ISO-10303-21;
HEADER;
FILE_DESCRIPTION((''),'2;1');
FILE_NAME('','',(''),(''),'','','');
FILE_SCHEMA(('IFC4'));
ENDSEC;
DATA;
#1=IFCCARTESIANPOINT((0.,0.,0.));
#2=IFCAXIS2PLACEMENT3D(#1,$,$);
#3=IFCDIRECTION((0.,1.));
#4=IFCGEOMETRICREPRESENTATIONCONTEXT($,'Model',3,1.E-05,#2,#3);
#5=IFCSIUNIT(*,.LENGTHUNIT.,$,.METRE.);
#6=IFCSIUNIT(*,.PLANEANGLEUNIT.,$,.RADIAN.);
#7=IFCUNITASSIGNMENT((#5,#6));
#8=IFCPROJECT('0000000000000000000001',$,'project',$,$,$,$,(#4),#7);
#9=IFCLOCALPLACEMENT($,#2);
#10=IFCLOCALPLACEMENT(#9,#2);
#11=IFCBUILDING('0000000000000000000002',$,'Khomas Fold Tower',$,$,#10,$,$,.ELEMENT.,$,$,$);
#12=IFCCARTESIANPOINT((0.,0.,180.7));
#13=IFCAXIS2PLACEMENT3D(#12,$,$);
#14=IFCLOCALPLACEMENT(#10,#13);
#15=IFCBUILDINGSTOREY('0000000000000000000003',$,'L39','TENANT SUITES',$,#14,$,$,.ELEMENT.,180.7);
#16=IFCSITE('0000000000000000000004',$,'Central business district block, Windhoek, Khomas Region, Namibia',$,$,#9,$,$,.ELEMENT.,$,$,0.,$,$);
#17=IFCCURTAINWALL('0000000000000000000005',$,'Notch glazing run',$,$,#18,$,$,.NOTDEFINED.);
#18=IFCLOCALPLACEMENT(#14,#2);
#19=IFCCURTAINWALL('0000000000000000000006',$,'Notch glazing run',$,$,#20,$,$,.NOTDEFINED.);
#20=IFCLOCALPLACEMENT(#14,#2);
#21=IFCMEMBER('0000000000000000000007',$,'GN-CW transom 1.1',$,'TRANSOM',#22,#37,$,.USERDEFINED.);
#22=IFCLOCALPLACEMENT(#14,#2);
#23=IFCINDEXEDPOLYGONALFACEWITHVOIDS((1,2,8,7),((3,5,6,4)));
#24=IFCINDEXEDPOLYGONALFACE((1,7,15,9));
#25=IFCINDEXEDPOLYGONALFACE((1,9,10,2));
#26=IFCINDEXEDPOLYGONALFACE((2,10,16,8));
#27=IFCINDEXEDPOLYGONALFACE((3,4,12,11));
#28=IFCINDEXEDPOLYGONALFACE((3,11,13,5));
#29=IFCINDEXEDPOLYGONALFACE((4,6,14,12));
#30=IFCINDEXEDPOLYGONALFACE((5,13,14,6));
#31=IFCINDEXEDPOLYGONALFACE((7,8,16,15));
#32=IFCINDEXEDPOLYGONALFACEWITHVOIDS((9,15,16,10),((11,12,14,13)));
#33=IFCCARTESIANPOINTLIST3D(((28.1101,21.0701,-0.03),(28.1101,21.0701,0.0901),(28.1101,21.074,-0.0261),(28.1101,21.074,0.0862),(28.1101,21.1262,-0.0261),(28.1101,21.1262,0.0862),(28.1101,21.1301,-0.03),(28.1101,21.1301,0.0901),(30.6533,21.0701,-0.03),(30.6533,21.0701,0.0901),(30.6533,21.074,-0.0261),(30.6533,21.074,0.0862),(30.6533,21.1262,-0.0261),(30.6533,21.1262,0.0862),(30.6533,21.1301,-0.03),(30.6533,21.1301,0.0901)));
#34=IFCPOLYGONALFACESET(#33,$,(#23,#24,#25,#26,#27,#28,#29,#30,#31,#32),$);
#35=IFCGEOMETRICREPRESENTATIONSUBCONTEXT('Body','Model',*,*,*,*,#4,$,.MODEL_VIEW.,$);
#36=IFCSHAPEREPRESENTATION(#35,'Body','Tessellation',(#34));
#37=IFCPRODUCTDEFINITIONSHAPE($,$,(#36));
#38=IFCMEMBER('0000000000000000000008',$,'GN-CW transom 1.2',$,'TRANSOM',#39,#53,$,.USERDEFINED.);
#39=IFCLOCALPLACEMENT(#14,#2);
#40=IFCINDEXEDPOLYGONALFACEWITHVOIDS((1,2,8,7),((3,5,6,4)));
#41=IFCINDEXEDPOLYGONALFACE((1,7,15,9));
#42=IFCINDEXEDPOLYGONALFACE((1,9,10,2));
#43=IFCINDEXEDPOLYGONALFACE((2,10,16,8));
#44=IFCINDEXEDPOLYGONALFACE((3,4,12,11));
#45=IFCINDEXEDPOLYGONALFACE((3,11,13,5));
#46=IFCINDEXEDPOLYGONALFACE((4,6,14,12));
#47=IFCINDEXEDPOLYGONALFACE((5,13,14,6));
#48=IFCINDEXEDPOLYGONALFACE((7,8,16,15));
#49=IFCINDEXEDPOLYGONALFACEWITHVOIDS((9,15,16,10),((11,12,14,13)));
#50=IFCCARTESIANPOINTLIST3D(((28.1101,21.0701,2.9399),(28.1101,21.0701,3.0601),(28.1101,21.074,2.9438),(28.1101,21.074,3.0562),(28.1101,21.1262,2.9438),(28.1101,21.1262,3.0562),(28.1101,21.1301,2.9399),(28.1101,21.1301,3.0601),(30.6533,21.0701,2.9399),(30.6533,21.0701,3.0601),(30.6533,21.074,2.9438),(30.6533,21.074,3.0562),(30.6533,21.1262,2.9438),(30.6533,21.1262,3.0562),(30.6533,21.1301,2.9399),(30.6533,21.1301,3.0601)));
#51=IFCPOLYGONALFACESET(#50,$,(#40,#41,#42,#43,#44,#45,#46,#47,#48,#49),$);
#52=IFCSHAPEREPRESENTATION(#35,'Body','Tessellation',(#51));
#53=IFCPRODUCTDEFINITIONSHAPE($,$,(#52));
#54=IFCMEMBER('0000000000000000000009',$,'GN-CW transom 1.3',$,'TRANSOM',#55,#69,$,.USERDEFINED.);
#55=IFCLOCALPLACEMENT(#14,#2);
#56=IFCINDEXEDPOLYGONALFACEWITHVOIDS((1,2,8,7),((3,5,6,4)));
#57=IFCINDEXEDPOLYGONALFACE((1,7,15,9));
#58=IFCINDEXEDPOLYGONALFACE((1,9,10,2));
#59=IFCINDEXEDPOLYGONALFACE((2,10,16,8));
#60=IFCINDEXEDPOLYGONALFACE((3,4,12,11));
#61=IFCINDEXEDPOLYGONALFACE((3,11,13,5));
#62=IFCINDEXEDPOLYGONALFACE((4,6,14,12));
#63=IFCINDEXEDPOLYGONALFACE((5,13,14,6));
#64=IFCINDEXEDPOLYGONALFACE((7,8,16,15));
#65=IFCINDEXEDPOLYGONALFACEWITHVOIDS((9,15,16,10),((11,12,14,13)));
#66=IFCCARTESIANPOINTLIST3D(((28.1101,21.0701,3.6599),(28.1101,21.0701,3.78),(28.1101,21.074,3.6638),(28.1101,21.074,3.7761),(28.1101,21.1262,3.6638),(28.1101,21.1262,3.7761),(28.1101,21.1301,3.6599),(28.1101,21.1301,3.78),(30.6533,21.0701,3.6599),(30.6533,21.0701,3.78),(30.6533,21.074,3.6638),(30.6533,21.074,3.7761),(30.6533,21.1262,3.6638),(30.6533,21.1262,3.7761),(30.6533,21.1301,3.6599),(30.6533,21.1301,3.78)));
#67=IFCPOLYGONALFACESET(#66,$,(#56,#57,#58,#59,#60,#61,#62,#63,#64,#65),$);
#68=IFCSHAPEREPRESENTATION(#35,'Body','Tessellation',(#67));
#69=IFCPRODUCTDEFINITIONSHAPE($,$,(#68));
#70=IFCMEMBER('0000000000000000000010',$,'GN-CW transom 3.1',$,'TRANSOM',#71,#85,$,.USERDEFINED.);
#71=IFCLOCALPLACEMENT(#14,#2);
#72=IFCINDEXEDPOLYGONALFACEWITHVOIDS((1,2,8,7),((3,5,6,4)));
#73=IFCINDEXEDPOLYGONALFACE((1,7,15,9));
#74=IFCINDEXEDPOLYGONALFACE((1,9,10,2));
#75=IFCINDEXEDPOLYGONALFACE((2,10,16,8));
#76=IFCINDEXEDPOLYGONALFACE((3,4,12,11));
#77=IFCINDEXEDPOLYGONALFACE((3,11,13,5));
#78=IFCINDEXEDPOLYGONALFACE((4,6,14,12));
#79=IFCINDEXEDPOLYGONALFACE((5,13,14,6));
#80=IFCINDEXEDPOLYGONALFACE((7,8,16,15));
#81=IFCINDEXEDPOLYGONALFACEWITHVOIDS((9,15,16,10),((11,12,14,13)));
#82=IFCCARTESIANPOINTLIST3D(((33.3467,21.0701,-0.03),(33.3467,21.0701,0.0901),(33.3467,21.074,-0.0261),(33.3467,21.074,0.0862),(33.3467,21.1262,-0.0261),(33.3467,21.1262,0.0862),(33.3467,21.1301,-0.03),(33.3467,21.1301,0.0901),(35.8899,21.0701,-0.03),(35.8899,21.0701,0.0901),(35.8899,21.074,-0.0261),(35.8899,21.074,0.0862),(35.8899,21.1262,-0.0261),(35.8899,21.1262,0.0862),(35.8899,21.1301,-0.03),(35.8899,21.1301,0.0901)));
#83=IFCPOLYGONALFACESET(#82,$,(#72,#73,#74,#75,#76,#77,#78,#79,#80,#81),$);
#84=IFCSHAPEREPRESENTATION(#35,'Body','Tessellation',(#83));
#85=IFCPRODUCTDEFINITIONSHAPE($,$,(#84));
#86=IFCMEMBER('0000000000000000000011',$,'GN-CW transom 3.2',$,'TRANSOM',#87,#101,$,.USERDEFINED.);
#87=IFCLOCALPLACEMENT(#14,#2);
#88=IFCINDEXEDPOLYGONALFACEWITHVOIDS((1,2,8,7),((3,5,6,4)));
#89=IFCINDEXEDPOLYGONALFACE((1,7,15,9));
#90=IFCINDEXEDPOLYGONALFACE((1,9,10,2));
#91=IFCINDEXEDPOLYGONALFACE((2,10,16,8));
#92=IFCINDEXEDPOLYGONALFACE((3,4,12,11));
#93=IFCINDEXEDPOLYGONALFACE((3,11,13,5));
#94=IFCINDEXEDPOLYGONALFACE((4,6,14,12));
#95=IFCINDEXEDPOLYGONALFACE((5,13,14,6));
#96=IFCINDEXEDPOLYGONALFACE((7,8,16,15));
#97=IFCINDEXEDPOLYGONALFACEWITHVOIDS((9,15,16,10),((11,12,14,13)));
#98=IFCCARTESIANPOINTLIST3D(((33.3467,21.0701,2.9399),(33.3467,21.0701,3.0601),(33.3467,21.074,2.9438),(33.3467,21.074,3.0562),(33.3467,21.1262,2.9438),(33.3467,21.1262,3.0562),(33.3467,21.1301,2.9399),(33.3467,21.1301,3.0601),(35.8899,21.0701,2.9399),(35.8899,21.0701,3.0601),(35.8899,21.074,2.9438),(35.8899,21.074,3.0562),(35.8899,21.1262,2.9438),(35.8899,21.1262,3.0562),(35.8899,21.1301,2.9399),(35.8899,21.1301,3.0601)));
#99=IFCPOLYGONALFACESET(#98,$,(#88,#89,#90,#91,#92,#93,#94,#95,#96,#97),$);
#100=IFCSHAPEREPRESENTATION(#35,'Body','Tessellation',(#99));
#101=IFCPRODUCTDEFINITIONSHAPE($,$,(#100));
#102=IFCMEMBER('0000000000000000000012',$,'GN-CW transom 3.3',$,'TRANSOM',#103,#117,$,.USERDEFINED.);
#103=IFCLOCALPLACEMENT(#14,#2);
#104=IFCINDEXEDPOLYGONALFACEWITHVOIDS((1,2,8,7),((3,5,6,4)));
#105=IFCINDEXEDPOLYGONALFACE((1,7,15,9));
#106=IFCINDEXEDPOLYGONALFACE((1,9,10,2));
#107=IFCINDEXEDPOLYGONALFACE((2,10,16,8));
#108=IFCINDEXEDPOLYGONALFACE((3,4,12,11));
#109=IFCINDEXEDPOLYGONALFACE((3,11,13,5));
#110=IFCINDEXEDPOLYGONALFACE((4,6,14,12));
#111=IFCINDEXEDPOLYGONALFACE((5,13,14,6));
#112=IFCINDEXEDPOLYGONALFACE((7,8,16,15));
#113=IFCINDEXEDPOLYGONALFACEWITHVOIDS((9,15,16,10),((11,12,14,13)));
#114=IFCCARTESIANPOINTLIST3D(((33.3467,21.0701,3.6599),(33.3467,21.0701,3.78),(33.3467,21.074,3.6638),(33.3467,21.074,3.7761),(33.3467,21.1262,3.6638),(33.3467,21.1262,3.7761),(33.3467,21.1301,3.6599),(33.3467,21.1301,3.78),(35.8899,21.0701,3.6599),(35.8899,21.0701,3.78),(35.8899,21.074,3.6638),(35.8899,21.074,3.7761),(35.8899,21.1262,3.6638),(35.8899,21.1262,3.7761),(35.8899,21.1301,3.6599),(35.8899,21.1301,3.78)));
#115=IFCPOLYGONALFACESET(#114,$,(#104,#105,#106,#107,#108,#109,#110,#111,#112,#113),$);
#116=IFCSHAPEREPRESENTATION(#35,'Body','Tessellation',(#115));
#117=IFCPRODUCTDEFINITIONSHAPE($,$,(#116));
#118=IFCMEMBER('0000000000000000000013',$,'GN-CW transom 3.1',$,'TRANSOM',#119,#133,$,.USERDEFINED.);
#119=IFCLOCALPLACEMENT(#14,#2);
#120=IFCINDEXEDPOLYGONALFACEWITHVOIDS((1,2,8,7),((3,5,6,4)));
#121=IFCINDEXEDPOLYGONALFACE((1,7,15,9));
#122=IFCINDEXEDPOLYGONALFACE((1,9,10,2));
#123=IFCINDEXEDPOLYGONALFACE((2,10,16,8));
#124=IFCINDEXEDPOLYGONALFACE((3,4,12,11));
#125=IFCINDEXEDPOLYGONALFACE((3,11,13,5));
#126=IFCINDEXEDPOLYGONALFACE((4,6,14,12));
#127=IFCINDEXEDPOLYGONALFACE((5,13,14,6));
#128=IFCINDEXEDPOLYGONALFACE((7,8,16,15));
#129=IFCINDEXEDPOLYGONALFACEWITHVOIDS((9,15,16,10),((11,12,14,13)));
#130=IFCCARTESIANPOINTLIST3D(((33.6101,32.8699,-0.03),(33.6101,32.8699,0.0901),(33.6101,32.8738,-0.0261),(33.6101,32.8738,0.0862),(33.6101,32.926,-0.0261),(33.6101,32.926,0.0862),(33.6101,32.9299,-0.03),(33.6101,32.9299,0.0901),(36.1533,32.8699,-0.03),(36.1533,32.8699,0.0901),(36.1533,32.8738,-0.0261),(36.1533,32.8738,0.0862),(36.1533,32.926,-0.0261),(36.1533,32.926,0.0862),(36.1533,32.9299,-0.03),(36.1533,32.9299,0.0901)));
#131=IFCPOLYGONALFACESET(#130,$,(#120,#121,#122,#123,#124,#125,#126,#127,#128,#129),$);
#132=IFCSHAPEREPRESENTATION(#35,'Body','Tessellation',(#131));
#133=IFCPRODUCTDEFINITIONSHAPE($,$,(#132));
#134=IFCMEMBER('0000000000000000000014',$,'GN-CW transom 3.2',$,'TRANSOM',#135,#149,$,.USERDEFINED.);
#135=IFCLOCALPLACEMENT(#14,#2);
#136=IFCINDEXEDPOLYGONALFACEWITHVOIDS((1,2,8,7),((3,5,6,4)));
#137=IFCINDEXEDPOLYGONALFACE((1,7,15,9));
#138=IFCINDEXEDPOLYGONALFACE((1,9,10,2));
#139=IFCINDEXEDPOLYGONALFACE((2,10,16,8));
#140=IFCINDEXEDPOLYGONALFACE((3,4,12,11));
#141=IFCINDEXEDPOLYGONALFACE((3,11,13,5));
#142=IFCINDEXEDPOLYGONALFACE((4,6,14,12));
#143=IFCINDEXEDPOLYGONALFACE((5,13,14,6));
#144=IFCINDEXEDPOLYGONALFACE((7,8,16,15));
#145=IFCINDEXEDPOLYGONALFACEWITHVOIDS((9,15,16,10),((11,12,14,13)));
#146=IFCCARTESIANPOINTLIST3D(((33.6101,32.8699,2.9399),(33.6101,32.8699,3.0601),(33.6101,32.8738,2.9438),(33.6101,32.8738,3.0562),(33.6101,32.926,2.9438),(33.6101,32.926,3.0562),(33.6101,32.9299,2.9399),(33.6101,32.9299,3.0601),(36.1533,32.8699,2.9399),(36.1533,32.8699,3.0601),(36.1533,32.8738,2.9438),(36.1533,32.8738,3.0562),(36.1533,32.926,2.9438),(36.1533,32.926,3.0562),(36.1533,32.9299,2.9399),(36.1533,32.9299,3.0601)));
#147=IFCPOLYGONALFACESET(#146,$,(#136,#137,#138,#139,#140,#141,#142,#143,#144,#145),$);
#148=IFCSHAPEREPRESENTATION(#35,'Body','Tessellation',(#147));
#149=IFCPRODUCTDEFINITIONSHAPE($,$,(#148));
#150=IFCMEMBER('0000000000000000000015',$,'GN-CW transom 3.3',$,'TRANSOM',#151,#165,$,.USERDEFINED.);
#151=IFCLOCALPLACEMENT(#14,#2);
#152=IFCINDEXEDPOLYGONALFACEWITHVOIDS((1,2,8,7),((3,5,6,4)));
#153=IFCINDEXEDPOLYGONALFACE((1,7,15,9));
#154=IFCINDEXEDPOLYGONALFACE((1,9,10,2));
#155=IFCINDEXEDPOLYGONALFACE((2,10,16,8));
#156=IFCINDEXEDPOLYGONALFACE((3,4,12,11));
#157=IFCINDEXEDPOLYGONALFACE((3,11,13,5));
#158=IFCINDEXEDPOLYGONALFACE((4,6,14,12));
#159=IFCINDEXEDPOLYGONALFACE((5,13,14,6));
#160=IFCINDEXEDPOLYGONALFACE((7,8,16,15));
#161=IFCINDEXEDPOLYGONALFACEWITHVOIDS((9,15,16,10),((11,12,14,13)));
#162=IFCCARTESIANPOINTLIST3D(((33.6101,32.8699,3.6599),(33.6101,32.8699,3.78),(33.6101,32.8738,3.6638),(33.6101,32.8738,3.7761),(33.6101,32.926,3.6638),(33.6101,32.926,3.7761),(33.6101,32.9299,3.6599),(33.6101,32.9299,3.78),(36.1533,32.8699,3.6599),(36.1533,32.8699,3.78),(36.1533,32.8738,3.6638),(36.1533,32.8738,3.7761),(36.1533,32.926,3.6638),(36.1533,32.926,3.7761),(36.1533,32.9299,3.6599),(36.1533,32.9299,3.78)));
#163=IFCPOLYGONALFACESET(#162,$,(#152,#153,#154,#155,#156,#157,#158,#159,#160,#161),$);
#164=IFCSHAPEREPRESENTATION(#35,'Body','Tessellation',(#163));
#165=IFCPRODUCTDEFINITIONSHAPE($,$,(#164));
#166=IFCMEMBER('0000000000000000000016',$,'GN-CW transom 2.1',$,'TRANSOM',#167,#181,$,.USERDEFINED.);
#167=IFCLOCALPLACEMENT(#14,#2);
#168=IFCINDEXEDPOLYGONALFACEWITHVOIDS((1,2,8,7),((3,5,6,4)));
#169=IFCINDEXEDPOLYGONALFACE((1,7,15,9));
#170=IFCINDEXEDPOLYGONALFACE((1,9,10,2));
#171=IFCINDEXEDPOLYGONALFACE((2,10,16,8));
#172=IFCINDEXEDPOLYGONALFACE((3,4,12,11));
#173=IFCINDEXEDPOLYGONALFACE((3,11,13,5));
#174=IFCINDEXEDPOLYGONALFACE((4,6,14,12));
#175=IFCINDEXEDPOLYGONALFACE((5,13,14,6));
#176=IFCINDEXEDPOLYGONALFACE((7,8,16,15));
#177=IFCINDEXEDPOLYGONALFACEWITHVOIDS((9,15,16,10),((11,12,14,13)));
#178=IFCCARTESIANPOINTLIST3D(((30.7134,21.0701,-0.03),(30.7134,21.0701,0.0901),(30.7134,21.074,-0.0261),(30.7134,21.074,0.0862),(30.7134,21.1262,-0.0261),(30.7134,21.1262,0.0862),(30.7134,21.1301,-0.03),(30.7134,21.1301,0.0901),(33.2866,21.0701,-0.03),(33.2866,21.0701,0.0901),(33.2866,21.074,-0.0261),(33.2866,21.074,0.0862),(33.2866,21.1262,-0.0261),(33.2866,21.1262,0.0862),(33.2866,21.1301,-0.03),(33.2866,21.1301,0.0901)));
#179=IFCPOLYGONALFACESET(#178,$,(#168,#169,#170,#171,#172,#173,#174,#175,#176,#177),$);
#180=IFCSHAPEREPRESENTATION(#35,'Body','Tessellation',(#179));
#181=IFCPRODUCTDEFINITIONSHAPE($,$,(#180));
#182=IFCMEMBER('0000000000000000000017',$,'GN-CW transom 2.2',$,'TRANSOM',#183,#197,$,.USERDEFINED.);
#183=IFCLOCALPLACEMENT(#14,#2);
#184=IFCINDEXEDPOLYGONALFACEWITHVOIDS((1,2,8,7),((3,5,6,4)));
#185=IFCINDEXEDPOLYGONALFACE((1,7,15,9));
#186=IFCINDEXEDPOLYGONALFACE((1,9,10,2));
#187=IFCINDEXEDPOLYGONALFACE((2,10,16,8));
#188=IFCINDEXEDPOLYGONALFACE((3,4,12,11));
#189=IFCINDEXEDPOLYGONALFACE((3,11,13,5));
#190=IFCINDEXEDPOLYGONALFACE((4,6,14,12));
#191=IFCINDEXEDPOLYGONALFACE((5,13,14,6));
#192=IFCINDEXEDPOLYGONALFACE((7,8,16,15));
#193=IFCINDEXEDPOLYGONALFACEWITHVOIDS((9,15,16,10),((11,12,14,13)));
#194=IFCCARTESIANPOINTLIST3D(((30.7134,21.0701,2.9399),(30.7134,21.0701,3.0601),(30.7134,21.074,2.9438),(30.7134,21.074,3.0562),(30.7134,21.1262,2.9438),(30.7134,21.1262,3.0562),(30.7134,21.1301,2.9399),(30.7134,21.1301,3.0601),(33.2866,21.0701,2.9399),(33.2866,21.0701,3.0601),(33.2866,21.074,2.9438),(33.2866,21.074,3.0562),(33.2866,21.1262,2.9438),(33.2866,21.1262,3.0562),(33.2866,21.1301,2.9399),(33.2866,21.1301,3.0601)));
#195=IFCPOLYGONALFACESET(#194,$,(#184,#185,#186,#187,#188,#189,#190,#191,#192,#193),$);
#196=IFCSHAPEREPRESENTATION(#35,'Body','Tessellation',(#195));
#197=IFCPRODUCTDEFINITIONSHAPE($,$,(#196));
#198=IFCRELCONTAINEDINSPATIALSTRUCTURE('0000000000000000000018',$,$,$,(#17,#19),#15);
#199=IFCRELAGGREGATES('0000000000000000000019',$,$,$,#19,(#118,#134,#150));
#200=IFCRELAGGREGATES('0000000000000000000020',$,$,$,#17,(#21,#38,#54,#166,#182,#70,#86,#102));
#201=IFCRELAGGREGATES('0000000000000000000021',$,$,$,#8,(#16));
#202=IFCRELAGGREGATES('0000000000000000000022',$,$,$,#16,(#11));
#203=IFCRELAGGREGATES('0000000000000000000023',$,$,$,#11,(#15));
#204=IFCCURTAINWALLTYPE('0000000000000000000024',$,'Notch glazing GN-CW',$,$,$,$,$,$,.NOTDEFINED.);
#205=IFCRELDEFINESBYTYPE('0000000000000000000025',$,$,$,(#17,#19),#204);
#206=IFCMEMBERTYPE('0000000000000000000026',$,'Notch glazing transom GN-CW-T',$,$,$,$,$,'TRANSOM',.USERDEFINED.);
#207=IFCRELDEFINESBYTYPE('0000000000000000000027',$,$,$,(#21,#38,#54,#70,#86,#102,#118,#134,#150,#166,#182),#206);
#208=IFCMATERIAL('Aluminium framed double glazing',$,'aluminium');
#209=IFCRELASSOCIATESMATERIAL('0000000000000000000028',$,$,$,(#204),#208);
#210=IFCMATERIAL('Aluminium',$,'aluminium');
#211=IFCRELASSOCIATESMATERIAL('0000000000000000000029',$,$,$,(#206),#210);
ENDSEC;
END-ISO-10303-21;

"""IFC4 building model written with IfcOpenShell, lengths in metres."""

from ifc_helpers import new_model, si_unit, direction, frame, origin, origin_2d, place, context, subcontext, project, spatial, hollow_rectangle, extrude, source, transform, mapped, material, material_profile, profile_set, type_object, element, aggregate, save


model = new_model("IFC4")

# Units and contexts
model_context = context("Model", 3, precision=1e-05, world=origin(), true_north=direction((0.0, 1.0)))
body_context = subcontext(model_context, "Body", "Model", "MODEL_VIEW")
ifc_project = project(units=[si_unit("LENGTHUNIT", "METRE"), si_unit("PLANEANGLEUNIT", "RADIAN")], contexts=[model_context])

# Site, building, storey
site_placement = place(None, origin())
site = spatial("IfcSite", under=ifc_project, at=site_placement, Name="Central business district block, Windhoek, Khomas Region, Namibia", CompositionType="ELEMENT", RefElevation=0.0)
building_placement = place(site_placement, origin())
building = spatial("IfcBuilding", under=site, at=building_placement, Name="Khomas Fold Tower", CompositionType="ELEMENT")
storey_placement = place(building_placement, frame((0.0, 0.0, 180.7)))
storey = spatial("IfcBuildingStorey", under=building, at=storey_placement, Name="L39", Description="TENANT SUITES", CompositionType="ELEMENT", Elevation=180.7)

# Curtain walls
ifc_material_1 = material(Name="Aluminium framed double glazing", Category="aluminium")
curtain_wall_type = type_object("IfcCurtainWallType", Name="Notch glazing GN-CW", PredefinedType="NOTDEFINED", material=ifc_material_1)
curtain_wall_1_placement = place(storey_placement, origin())
curtain_wall_1 = element("IfcCurtainWall", 1, at=curtain_wall_1_placement, inside=storey, type_object=curtain_wall_type, Name="Notch glazing run", PredefinedType="NOTDEFINED")
curtain_wall_2_placement = place(storey_placement, origin())
curtain_wall_2 = element("IfcCurtainWall", 2, at=curtain_wall_2_placement, inside=storey, type_object=curtain_wall_type, Name="Notch glazing run", PredefinedType="NOTDEFINED")

# Members
ifc_material_2 = material(Name="Aluminium", Category="aluminium")
ifc_material_profile_1 = material_profile(ifc_material_2, hollow_rectangle(XDim=0.0601, YDim=0.1201, WallThickness=0.0039, at=origin_2d()), Name="Notch glazing transom GN-CW-T")
ifc_profile_set_1 = profile_set([ifc_material_profile_1], Name="Aluminium")
member_type_1 = type_object("IfcMemberType", Name="Notch glazing transom GN-CW-T", ElementType="TRANSOM", PredefinedType="USERDEFINED", material=ifc_profile_set_1)
shared_shape_1 = source(origin(), body_context, "Body", "SweptSolid", [
    extrude(hollow_rectangle(XDim=0.0601, YDim=0.1201, WallThickness=0.0039, at=origin_2d()), origin(), (0.0, 0.0, 1.0), 2.5432),
])
member_1_placement = place(storey_placement, frame((28.1101, 21.1001, 0.03), z_axis=(1.0, 0.0, 0.0), x_axis=(0.0, 1.0, 0.0)))
member_1 = element("IfcMember", 3, at=member_1_placement, type_object=member_type_1, Name="GN-CW transom 1.1", ObjectType="TRANSOM", PredefinedType="USERDEFINED", context=body_context, shape_type="MappedRepresentation", body=[
    mapped(shared_shape_1, transform((0.0, 0.0, 0.0))),
])
member_2_placement = place(storey_placement, frame((28.1101, 21.1001, 3.0), z_axis=(1.0, 0.0, 0.0), x_axis=(0.0, 1.0, 0.0)))
member_2 = element("IfcMember", 4, at=member_2_placement, type_object=member_type_1, Name="GN-CW transom 1.2", ObjectType="TRANSOM", PredefinedType="USERDEFINED", context=body_context, shape_type="MappedRepresentation", body=[
    mapped(shared_shape_1, transform((0.0, 0.0, 0.0))),
])
member_3_placement = place(storey_placement, frame((28.1101, 21.1001, 3.72), z_axis=(1.0, 0.0, 0.0), x_axis=(0.0, 1.0, 0.0)))
member_3 = element("IfcMember", 5, at=member_3_placement, type_object=member_type_1, Name="GN-CW transom 1.3", ObjectType="TRANSOM", PredefinedType="USERDEFINED", context=body_context, shape_type="MappedRepresentation", body=[
    mapped(shared_shape_1, transform((0.0, 0.0, 0.0))),
])
member_4_placement = place(storey_placement, frame((33.3467, 21.1001, 0.03), z_axis=(1.0, 0.0, 0.0), x_axis=(0.0, 1.0, 0.0)))
member_4 = element("IfcMember", 6, at=member_4_placement, type_object=member_type_1, Name="GN-CW transom 3.1", ObjectType="TRANSOM", PredefinedType="USERDEFINED", context=body_context, shape_type="MappedRepresentation", body=[
    mapped(shared_shape_1, transform((0.0, 0.0, 0.0))),
])
member_5_placement = place(storey_placement, frame((33.3467, 21.1001, 3.0), z_axis=(1.0, 0.0, 0.0), x_axis=(0.0, 1.0, 0.0)))
member_5 = element("IfcMember", 7, at=member_5_placement, type_object=member_type_1, Name="GN-CW transom 3.2", ObjectType="TRANSOM", PredefinedType="USERDEFINED", context=body_context, shape_type="MappedRepresentation", body=[
    mapped(shared_shape_1, transform((0.0, 0.0, 0.0))),
])
member_6_placement = place(storey_placement, frame((33.3467, 21.1001, 3.72), z_axis=(1.0, 0.0, 0.0), x_axis=(0.0, 1.0, 0.0)))
member_6 = element("IfcMember", 8, at=member_6_placement, type_object=member_type_1, Name="GN-CW transom 3.3", ObjectType="TRANSOM", PredefinedType="USERDEFINED", context=body_context, shape_type="MappedRepresentation", body=[
    mapped(shared_shape_1, transform((0.0, 0.0, 0.0))),
])
member_7_placement = place(storey_placement, frame((36.1533, 32.8999, 0.03), z_axis=(-1.0, 0.0, 0.0), x_axis=(0.0, -1.0, 0.0)))
member_7 = element("IfcMember", 9, at=member_7_placement, type_object=member_type_1, Name="GN-CW transom 3.1", ObjectType="TRANSOM", PredefinedType="USERDEFINED", context=body_context, shape_type="MappedRepresentation", body=[
    mapped(shared_shape_1, transform((0.0, 0.0, 0.0))),
])
member_8_placement = place(storey_placement, frame((36.1533, 32.8999, 3.0), z_axis=(-1.0, 0.0, 0.0), x_axis=(0.0, -1.0, 0.0)))
member_8 = element("IfcMember", 10, at=member_8_placement, type_object=member_type_1, Name="GN-CW transom 3.2", ObjectType="TRANSOM", PredefinedType="USERDEFINED", context=body_context, shape_type="MappedRepresentation", body=[
    mapped(shared_shape_1, transform((0.0, 0.0, 0.0))),
])
member_9_placement = place(storey_placement, frame((36.1533, 32.8999, 3.72), z_axis=(-1.0, 0.0, 0.0), x_axis=(0.0, -1.0, 0.0)))
member_9 = element("IfcMember", 11, at=member_9_placement, type_object=member_type_1, Name="GN-CW transom 3.3", ObjectType="TRANSOM", PredefinedType="USERDEFINED", context=body_context, shape_type="MappedRepresentation", body=[
    mapped(shared_shape_1, transform((0.0, 0.0, 0.0))),
])
shared_shape_2 = source(origin(), body_context, "Body", "SweptSolid", [
    extrude(hollow_rectangle(XDim=0.0601, YDim=0.1201, WallThickness=0.0039, at=origin_2d()), origin(), (0.0, 0.0, 1.0), 2.5732),
])
member_10_placement = place(storey_placement, frame((30.7134, 21.1001, 0.03), z_axis=(1.0, 0.0, 0.0), x_axis=(0.0, 1.0, 0.0)))
member_10 = element("IfcMember", 12, at=member_10_placement, type_object=member_type_1, Name="GN-CW transom 2.1", ObjectType="TRANSOM", PredefinedType="USERDEFINED", context=body_context, shape_type="MappedRepresentation", body=[
    mapped(shared_shape_2, transform((0.0, 0.0, 0.0))),
])
member_11_placement = place(storey_placement, frame((30.7134, 21.1001, 3.0), z_axis=(1.0, 0.0, 0.0), x_axis=(0.0, 1.0, 0.0)))
member_11 = element("IfcMember", 13, at=member_11_placement, type_object=member_type_1, Name="GN-CW transom 2.2", ObjectType="TRANSOM", PredefinedType="USERDEFINED", context=body_context, shape_type="MappedRepresentation", body=[
    mapped(shared_shape_2, transform((0.0, 0.0, 0.0))),
])

aggregate(curtain_wall_2, [member_7, member_8, member_9])
aggregate(curtain_wall_1, [member_1, member_2, member_3, member_10, member_11, member_4, member_5, member_6])

save(model, "model.ifc")
